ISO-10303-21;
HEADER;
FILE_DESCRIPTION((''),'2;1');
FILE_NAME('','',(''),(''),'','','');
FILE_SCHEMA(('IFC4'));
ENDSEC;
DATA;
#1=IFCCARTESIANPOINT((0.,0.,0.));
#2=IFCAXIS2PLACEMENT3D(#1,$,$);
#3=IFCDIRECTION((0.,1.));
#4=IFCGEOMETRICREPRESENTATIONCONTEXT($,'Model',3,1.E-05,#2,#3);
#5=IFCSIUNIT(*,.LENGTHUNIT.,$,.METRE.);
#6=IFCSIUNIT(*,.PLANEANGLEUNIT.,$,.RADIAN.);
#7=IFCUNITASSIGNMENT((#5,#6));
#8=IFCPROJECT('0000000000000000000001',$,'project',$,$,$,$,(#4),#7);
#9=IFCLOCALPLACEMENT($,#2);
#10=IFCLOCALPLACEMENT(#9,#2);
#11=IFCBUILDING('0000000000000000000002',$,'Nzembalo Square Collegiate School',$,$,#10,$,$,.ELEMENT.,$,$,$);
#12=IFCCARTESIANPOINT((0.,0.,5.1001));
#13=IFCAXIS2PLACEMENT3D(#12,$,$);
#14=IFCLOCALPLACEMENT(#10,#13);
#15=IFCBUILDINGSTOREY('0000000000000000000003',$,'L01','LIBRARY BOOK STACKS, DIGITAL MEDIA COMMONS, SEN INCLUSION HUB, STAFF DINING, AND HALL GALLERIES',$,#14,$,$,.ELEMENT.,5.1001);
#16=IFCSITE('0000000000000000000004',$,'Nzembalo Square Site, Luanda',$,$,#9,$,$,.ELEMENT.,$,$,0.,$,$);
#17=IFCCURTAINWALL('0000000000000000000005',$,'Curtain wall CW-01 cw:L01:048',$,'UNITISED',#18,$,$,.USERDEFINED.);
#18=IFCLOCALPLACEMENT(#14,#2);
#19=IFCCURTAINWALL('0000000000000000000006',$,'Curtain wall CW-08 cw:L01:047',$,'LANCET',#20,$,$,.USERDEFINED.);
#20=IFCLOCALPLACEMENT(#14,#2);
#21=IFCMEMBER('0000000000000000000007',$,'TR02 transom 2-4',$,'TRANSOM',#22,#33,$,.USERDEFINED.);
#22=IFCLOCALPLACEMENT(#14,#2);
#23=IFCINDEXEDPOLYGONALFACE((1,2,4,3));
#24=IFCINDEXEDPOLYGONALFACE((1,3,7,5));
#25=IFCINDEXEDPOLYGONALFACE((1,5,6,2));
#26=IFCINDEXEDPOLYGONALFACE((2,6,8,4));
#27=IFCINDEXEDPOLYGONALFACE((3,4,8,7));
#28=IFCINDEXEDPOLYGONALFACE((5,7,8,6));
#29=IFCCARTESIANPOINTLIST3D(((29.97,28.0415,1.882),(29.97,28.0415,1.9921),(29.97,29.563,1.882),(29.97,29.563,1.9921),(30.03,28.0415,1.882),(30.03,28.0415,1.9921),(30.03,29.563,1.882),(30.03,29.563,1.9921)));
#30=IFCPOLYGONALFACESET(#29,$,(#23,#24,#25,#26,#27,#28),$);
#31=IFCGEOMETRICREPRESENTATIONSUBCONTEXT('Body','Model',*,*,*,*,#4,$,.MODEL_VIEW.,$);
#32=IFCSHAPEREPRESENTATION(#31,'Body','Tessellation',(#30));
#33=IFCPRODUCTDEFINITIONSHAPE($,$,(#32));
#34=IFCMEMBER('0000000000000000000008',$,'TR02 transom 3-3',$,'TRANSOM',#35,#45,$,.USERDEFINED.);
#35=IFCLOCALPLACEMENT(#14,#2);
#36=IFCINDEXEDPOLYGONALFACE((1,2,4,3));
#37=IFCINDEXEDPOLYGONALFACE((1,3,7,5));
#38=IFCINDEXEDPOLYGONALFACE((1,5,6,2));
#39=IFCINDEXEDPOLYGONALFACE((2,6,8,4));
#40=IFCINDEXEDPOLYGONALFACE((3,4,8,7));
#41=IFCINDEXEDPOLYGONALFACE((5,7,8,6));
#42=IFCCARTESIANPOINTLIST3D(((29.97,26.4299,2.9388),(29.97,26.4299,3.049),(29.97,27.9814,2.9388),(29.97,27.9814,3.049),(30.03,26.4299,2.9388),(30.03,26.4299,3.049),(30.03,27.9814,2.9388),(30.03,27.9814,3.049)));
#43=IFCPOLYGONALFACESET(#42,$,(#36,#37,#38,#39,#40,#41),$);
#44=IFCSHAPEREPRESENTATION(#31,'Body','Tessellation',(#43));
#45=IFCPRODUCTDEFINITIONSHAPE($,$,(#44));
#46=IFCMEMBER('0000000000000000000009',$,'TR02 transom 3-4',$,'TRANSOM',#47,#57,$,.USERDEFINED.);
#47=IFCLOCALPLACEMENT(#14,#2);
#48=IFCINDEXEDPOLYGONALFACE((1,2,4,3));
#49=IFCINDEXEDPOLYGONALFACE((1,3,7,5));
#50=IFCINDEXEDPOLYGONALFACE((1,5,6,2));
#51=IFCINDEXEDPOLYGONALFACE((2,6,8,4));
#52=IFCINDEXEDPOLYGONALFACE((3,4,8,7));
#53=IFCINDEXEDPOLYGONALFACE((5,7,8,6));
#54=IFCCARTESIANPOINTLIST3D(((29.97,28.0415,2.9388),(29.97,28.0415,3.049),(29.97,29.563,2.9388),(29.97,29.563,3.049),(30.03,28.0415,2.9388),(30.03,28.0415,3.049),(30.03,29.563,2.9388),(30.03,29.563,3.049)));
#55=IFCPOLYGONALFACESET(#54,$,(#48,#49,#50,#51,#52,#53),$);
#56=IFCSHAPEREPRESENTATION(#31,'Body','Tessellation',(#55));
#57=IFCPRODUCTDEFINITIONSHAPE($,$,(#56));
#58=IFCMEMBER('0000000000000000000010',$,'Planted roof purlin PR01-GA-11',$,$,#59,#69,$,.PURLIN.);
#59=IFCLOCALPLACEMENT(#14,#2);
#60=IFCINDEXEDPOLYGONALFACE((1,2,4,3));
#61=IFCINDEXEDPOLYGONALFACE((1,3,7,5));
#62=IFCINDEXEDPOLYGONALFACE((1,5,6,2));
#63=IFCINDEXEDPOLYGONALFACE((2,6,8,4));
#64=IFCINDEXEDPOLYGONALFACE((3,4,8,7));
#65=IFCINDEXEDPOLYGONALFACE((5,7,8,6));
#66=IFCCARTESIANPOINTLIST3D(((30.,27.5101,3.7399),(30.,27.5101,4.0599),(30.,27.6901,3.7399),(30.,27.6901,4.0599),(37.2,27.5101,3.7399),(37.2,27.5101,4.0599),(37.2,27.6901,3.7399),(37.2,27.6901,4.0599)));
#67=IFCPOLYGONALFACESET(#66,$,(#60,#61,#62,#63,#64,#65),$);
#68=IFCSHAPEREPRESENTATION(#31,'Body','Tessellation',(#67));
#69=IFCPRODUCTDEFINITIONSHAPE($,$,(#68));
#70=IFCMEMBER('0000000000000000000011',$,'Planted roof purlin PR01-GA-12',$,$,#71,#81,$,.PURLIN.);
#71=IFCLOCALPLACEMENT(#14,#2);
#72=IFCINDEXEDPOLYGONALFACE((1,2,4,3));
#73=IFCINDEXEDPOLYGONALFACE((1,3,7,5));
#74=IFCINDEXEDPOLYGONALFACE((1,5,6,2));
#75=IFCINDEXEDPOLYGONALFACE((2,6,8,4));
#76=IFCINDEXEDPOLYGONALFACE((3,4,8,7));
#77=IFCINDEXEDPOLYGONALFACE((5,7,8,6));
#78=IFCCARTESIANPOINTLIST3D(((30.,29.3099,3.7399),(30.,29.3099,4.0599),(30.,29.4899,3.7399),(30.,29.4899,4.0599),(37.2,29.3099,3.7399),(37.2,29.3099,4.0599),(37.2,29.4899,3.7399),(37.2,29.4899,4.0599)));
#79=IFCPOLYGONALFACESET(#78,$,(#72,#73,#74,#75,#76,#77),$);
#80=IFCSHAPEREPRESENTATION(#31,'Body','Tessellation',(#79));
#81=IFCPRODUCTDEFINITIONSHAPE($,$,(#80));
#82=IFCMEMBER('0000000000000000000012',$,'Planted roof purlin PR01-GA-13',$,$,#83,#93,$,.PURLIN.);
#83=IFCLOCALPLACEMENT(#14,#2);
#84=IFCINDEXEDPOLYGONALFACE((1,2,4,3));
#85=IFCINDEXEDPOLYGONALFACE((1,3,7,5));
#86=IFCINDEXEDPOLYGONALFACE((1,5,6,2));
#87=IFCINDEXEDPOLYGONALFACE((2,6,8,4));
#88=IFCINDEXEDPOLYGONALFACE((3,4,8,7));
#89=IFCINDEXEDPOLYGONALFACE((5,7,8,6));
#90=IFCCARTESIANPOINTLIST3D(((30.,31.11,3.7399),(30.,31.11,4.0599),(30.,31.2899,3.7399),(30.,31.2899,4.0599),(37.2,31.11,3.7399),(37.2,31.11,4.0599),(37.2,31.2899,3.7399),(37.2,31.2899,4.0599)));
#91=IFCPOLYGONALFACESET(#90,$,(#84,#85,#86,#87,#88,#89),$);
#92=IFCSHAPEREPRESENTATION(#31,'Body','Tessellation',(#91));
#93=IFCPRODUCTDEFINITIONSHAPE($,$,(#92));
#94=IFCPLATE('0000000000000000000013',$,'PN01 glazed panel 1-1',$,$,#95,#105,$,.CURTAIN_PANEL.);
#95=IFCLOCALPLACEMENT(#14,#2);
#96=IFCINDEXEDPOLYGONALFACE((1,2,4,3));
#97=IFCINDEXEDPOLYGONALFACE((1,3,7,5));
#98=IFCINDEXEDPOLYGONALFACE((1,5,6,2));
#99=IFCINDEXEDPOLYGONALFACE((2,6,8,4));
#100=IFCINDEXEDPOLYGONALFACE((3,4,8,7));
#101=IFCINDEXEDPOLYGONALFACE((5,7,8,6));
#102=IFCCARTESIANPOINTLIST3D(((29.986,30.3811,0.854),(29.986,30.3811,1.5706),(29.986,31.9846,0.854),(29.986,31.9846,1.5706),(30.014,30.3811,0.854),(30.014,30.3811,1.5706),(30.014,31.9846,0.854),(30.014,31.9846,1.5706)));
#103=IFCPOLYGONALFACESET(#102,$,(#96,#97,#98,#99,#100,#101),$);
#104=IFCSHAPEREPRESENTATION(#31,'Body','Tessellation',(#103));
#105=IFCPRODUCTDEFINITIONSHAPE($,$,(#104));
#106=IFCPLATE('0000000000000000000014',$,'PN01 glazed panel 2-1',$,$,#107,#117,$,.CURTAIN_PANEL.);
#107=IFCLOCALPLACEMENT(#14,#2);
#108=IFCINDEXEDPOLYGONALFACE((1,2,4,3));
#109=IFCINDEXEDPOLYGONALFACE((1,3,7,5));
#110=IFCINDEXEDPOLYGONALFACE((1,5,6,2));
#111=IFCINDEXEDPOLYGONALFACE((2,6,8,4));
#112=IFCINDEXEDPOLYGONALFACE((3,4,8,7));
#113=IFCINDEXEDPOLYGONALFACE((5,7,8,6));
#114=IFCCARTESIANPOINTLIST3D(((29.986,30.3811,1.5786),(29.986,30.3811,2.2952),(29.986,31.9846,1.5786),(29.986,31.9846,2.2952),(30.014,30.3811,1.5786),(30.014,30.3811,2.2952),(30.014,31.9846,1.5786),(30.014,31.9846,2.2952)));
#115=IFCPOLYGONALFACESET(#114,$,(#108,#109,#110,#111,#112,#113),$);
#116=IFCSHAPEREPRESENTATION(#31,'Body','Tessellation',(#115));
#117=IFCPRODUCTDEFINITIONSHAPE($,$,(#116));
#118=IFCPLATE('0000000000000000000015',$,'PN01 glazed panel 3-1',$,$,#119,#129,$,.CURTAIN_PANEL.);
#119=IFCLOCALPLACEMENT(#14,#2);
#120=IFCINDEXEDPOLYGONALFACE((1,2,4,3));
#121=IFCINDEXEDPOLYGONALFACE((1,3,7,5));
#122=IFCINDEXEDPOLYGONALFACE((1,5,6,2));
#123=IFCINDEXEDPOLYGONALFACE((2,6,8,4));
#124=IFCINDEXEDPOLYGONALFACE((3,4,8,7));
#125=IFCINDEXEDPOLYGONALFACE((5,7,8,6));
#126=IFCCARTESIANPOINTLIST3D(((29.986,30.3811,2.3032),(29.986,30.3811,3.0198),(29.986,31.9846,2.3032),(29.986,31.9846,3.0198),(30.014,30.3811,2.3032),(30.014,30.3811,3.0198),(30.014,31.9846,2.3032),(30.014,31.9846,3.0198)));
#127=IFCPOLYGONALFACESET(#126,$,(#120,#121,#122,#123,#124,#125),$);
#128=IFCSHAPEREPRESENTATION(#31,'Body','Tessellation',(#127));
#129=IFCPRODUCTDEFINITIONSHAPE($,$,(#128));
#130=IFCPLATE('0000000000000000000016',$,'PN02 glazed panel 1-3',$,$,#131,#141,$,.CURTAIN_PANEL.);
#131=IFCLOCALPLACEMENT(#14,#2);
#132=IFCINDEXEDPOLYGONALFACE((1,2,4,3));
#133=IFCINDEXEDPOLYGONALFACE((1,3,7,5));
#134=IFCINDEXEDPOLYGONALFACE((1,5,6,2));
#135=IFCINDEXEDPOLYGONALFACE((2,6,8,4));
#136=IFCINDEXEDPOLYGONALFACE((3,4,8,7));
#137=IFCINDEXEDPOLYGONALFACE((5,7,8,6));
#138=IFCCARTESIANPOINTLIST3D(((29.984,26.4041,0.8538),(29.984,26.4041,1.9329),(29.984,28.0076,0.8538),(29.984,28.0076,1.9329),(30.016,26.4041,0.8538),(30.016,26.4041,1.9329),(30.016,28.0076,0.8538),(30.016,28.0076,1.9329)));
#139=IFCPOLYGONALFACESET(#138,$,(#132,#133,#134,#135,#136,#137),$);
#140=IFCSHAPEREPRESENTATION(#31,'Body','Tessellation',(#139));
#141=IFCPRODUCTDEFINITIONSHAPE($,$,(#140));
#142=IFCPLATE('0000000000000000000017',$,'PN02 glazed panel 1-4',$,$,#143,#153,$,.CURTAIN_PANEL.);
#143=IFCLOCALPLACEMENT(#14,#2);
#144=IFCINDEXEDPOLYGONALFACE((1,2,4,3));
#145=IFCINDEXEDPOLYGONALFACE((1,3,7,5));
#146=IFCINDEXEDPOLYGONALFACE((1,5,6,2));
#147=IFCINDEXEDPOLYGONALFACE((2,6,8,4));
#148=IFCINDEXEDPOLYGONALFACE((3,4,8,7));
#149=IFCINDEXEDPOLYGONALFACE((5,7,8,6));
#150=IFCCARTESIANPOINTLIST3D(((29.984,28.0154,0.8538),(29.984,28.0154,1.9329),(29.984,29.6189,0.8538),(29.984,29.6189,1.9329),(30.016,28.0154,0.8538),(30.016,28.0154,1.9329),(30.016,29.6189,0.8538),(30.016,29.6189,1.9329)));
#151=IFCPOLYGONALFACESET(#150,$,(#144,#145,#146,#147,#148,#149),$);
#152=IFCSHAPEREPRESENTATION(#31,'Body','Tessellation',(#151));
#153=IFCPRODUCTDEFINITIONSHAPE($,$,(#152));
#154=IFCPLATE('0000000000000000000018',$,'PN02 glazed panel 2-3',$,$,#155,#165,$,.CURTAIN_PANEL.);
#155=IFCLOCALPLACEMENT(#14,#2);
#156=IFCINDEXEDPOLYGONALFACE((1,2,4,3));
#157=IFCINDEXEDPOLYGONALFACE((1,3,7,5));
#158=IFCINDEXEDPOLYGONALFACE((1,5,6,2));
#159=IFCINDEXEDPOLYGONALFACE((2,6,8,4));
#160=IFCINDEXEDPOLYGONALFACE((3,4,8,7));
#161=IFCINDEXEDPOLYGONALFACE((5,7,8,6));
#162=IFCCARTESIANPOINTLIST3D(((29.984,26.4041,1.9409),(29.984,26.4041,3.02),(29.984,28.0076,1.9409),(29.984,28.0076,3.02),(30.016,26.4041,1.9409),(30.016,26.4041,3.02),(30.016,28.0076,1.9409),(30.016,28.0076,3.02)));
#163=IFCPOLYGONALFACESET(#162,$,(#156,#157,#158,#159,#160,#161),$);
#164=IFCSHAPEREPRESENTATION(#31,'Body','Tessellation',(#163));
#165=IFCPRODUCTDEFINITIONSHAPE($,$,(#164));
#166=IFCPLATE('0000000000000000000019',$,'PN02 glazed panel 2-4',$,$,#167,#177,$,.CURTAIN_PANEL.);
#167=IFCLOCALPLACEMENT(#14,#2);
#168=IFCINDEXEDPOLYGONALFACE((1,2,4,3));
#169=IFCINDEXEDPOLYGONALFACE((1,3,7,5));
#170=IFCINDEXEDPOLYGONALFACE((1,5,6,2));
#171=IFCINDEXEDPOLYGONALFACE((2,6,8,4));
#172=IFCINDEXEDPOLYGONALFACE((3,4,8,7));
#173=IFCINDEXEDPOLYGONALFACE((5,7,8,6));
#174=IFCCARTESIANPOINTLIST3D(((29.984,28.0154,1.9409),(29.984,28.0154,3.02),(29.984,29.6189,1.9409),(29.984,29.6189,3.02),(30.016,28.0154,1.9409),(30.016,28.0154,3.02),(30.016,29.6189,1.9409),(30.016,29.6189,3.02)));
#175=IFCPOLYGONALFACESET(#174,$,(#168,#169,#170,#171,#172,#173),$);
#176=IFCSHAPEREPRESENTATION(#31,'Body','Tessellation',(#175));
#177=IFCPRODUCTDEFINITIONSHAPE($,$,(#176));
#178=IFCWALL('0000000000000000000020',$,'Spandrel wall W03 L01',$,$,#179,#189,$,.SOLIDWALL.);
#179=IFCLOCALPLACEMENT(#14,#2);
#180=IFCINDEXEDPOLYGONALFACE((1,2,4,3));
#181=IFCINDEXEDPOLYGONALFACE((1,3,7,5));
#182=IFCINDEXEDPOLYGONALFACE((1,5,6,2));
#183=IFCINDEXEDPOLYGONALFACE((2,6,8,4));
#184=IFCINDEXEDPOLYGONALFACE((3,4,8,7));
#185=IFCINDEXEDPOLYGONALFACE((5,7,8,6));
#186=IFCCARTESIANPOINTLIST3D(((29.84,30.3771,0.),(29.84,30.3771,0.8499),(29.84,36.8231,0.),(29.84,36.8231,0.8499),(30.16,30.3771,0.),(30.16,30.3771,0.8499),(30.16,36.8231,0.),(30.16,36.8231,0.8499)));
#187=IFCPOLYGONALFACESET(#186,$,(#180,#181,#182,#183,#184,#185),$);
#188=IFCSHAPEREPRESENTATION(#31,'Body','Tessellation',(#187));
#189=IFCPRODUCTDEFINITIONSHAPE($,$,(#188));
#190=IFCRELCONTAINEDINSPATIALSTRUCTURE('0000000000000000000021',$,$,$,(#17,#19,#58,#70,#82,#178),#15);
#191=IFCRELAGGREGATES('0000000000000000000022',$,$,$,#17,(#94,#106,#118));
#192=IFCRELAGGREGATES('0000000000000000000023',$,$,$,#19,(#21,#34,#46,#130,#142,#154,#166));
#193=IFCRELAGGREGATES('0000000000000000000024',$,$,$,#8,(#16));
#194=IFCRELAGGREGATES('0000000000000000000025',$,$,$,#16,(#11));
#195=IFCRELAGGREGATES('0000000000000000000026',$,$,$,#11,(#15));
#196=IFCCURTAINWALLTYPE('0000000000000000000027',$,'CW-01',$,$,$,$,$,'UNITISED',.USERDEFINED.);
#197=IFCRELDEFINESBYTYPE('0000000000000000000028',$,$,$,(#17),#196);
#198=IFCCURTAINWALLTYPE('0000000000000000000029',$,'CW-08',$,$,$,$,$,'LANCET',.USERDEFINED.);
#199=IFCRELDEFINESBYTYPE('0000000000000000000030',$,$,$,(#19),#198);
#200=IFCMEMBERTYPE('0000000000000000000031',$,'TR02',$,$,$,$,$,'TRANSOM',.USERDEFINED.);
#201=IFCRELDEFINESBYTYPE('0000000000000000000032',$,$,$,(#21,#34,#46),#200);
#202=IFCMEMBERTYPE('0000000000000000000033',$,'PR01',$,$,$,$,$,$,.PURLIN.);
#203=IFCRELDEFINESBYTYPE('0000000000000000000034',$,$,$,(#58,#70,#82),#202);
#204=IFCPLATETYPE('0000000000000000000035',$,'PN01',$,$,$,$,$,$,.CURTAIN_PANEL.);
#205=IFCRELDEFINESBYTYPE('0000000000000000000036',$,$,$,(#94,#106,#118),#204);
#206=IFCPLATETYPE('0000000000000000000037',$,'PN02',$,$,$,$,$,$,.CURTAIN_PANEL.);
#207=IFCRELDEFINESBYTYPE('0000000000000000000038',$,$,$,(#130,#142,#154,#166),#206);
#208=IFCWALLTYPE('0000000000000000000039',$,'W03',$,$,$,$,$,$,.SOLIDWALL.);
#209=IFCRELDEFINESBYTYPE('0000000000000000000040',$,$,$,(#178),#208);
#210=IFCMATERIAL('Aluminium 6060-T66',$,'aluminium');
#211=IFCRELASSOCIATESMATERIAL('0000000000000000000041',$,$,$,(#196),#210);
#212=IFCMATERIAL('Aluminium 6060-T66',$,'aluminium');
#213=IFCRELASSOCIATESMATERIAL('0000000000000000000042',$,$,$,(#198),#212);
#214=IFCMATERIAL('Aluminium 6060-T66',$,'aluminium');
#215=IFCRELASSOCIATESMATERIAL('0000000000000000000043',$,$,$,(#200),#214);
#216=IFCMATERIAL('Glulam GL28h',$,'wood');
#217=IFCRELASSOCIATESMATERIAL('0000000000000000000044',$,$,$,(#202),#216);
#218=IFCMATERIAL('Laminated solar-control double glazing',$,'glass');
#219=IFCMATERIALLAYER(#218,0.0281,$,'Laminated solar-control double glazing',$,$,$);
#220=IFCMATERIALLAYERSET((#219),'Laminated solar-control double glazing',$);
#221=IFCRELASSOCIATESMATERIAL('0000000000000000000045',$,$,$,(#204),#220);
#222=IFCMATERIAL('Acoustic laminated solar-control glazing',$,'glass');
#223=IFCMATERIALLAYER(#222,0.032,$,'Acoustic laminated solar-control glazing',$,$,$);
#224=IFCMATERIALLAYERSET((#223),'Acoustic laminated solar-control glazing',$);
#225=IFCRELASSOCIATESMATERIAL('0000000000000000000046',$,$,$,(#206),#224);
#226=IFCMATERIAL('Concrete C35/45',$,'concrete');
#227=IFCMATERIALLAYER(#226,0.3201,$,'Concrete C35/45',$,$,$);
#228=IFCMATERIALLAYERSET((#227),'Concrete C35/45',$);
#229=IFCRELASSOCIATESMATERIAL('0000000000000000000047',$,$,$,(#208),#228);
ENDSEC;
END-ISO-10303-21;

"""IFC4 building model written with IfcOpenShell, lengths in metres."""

from ifc_helpers import new_model, si_unit, direction, frame, frame_2d, origin, origin_2d, place, context, subcontext, project, spatial, rectangle, extrude, material, layer, layer_set, material_profile, profile_set, type_object, element, aggregate, save


model = new_model("IFC4")

# Units and contexts
model_context = context("Model", 3, precision=1e-05, world=origin(), true_north=direction((0.0, 1.0)))
body_context = subcontext(model_context, "Body", "Model", "MODEL_VIEW")
ifc_project = project(units=[si_unit("LENGTHUNIT", "METRE"), si_unit("PLANEANGLEUNIT", "RADIAN")], contexts=[model_context])

# Site, building, storey
site_placement = place(None, origin())
site = spatial("IfcSite", under=ifc_project, at=site_placement, Name="Nzembalo Square Site, Luanda", CompositionType="ELEMENT", RefElevation=0.0)
building_placement = place(site_placement, origin())
building = spatial("IfcBuilding", under=site, at=building_placement, Name="Nzembalo Square Collegiate School", CompositionType="ELEMENT")
storey_placement = place(building_placement, frame((0.0, 0.0, 5.1001)))
storey = spatial("IfcBuildingStorey", under=building, at=storey_placement, Name="L01", Description="LIBRARY BOOK STACKS, DIGITAL MEDIA COMMONS, SEN INCLUSION HUB, STAFF DINING, AND HALL GALLERIES", CompositionType="ELEMENT", Elevation=5.1001)

# Curtain walls
ifc_material_1 = material(Name="Aluminium 6060-T66", Category="aluminium")
curtain_wall_type_1 = type_object("IfcCurtainWallType", Name="CW-01", ElementType="UNITISED", PredefinedType="USERDEFINED", material=ifc_material_1)
curtain_wall_1_placement = place(storey_placement, origin())
curtain_wall_1 = element("IfcCurtainWall", 1, at=curtain_wall_1_placement, inside=storey, type_object=curtain_wall_type_1, Name="Curtain wall CW-01 cw:L01:048", ObjectType="UNITISED", PredefinedType="USERDEFINED")
ifc_material_2 = material(Name="Aluminium 6060-T66", Category="aluminium")
curtain_wall_type_2 = type_object("IfcCurtainWallType", Name="CW-08", ElementType="LANCET", PredefinedType="USERDEFINED", material=ifc_material_2)
curtain_wall_2_placement = place(storey_placement, origin())
curtain_wall_2 = element("IfcCurtainWall", 2, at=curtain_wall_2_placement, inside=storey, type_object=curtain_wall_type_2, Name="Curtain wall CW-08 cw:L01:047", ObjectType="LANCET", PredefinedType="USERDEFINED")

# Members
ifc_material_3 = material(Name="Aluminium 6060-T66", Category="aluminium")
ifc_material_profile_1 = material_profile(ifc_material_3, rectangle(XDim=0.0601, YDim=0.1101, at=origin_2d()), Name="ALU T60x110")
ifc_profile_set_1 = profile_set([ifc_material_profile_1], Name="Aluminium 6060-T66")
member_type_1 = type_object("IfcMemberType", Name="TR02", ElementType="TRANSOM", PredefinedType="USERDEFINED", material=ifc_profile_set_1)
member_1_placement = place(storey_placement, frame((30.0, 28.0415, 1.937), z_axis=(0.0, 1.0, 0.0), x_axis=(-1.0, 0.0, 0.0)))
member_1 = element("IfcMember", 3, at=member_1_placement, type_object=member_type_1, Name="TR02 transom 2-4", ObjectType="TRANSOM", PredefinedType="USERDEFINED", context=body_context, shape_type="SweptSolid", body=[
    extrude(rectangle(XDim=0.0601, YDim=0.1101, at=origin_2d()), origin(), (0.0, 0.0, 1.0), 1.5215),
])
member_2_placement = place(storey_placement, frame((30.0, 26.4299, 2.9939), z_axis=(0.0, 1.0, 0.0), x_axis=(-1.0, 0.0, 0.0)))
member_2 = element("IfcMember", 4, at=member_2_placement, type_object=member_type_1, Name="TR02 transom 3-3", ObjectType="TRANSOM", PredefinedType="USERDEFINED", context=body_context, shape_type="SweptSolid", body=[
    extrude(rectangle(XDim=0.0601, YDim=0.1101, at=origin_2d()), origin(), (0.0, 0.0, 1.0), 1.5515),
])
member_3_placement = place(storey_placement, frame((30.0, 28.0415, 2.9939), z_axis=(0.0, 1.0, 0.0), x_axis=(-1.0, 0.0, 0.0)))
member_3 = element("IfcMember", 5, at=member_3_placement, type_object=member_type_1, Name="TR02 transom 3-4", ObjectType="TRANSOM", PredefinedType="USERDEFINED", context=body_context, shape_type="SweptSolid", body=[
    extrude(rectangle(XDim=0.0601, YDim=0.1101, at=origin_2d()), origin(), (0.0, 0.0, 1.0), 1.5215),
])

# Members
ifc_material_4 = material(Name="Glulam GL28h", Category="wood")
ifc_material_profile_2 = material_profile(ifc_material_4, rectangle(XDim=0.1799, YDim=0.3201, at=origin_2d()), Name="GL28h 180x320")
ifc_profile_set_2 = profile_set([ifc_material_profile_2], Name="Glulam GL28h")
member_type_2 = type_object("IfcMemberType", Name="PR01", PredefinedType="PURLIN", material=ifc_profile_set_2)
for number, where, z_axis, x_axis, name in (
    (6, (30.0, 27.6001, 3.8999), (1.0, 0.0, 0.0), (0.0, 1.0, 0.0), "Planted roof purlin PR01-GA-11"),
    (7, (30.0, 29.3999, 3.8999), (1.0, 0.0, 0.0), (0.0, 1.0, 0.0), "Planted roof purlin PR01-GA-12"),
    (8, (30.0, 31.2, 3.8999), (1.0, 0.0, 0.0), (0.0, 1.0, 0.0), "Planted roof purlin PR01-GA-13"),
):
    element("IfcMember", number, at=place(storey_placement, frame(where, z_axis=z_axis, x_axis=x_axis)), inside=storey, type_object=member_type_2, Name=name, PredefinedType="PURLIN", context=body_context, shape_type="SweptSolid", body=[
        extrude(rectangle(XDim=0.1799, YDim=0.3201, at=origin_2d()), origin(), (0.0, 0.0, 1.0), 7.2),
    ])

# Plates
ifc_material_5 = material(Name="Laminated solar-control double glazing", Category="glass")
ifc_layer_1 = layer(ifc_material_5, 0.0281, Name="Laminated solar-control double glazing")
ifc_layer_set_1 = layer_set([ifc_layer_1], Name="Laminated solar-control double glazing")
plate_type_1 = type_object("IfcPlateType", Name="PN01", PredefinedType="CURTAIN_PANEL", material=ifc_layer_set_1)
plate_1_placement = place(storey_placement, frame((30.0, 31.1829, 0.854), z_axis=(0.0, 0.0, 1.0), x_axis=(0.0, 1.0, 0.0)))
plate_1 = element("IfcPlate", 9, at=plate_1_placement, type_object=plate_type_1, Name="PN01 glazed panel 1-1", PredefinedType="CURTAIN_PANEL", context=body_context, shape_type="SweptSolid", body=[
    extrude(rectangle(XDim=1.6035, YDim=0.0281, at=origin_2d()), origin(), (0.0, 0.0, 1.0), 0.7166),
])
plate_2_placement = place(storey_placement, frame((30.0, 31.1829, 1.5786), z_axis=(0.0, 0.0, 1.0), x_axis=(0.0, 1.0, 0.0)))
plate_2 = element("IfcPlate", 10, at=plate_2_placement, type_object=plate_type_1, Name="PN01 glazed panel 2-1", PredefinedType="CURTAIN_PANEL", context=body_context, shape_type="SweptSolid", body=[
    extrude(rectangle(XDim=1.6035, YDim=0.0281, at=origin_2d()), origin(), (0.0, 0.0, 1.0), 0.7166),
])
plate_3_placement = place(storey_placement, frame((30.0, 31.1829, 2.3032), z_axis=(0.0, 0.0, 1.0), x_axis=(0.0, 1.0, 0.0)))
plate_3 = element("IfcPlate", 11, at=plate_3_placement, type_object=plate_type_1, Name="PN01 glazed panel 3-1", PredefinedType="CURTAIN_PANEL", context=body_context, shape_type="SweptSolid", body=[
    extrude(rectangle(XDim=1.6035, YDim=0.0281, at=origin_2d()), origin(), (0.0, 0.0, 1.0), 0.7166),
])
aggregate(curtain_wall_1, [plate_1, plate_2, plate_3])
ifc_material_6 = material(Name="Acoustic laminated solar-control glazing", Category="glass")
ifc_layer_2 = layer(ifc_material_6, 0.032, Name="Acoustic laminated solar-control glazing")
ifc_layer_set_2 = layer_set([ifc_layer_2], Name="Acoustic laminated solar-control glazing")
plate_type_2 = type_object("IfcPlateType", Name="PN02", PredefinedType="CURTAIN_PANEL", material=ifc_layer_set_2)
plate_4_placement = place(storey_placement, frame((30.0, 27.2058, 0.8538), z_axis=(0.0, 0.0, 1.0), x_axis=(0.0, 1.0, 0.0)))
plate_4 = element("IfcPlate", 12, at=plate_4_placement, type_object=plate_type_2, Name="PN02 glazed panel 1-3", PredefinedType="CURTAIN_PANEL", context=body_context, shape_type="SweptSolid", body=[
    extrude(rectangle(XDim=1.6035, YDim=0.032, at=origin_2d()), origin(), (0.0, 0.0, 1.0), 1.0791),
])
plate_5_placement = place(storey_placement, frame((30.0, 28.8171, 0.8538), z_axis=(0.0, 0.0, 1.0), x_axis=(0.0, 1.0, 0.0)))
plate_5 = element("IfcPlate", 13, at=plate_5_placement, type_object=plate_type_2, Name="PN02 glazed panel 1-4", PredefinedType="CURTAIN_PANEL", context=body_context, shape_type="SweptSolid", body=[
    extrude(rectangle(XDim=1.6035, YDim=0.032, at=origin_2d()), origin(), (0.0, 0.0, 1.0), 1.0791),
])
plate_6_placement = place(storey_placement, frame((30.0, 27.2058, 1.9409), z_axis=(0.0, 0.0, 1.0), x_axis=(0.0, 1.0, 0.0)))
plate_6 = element("IfcPlate", 14, at=plate_6_placement, type_object=plate_type_2, Name="PN02 glazed panel 2-3", PredefinedType="CURTAIN_PANEL", context=body_context, shape_type="SweptSolid", body=[
    extrude(rectangle(XDim=1.6035, YDim=0.032, at=origin_2d()), origin(), (0.0, 0.0, 1.0), 1.0791),
])
plate_7_placement = place(storey_placement, frame((30.0, 28.8171, 1.9409), z_axis=(0.0, 0.0, 1.0), x_axis=(0.0, 1.0, 0.0)))
plate_7 = element("IfcPlate", 15, at=plate_7_placement, type_object=plate_type_2, Name="PN02 glazed panel 2-4", PredefinedType="CURTAIN_PANEL", context=body_context, shape_type="SweptSolid", body=[
    extrude(rectangle(XDim=1.6035, YDim=0.032, at=origin_2d()), origin(), (0.0, 0.0, 1.0), 1.0791),
])
aggregate(curtain_wall_2, [member_1, member_2, member_3, plate_4, plate_5, plate_6, plate_7])

# Wall
ifc_material_7 = material(Name="Concrete C35/45", Category="concrete")
ifc_layer_3 = layer(ifc_material_7, 0.3201, Name="Concrete C35/45")
ifc_layer_set_3 = layer_set([ifc_layer_3], Name="Concrete C35/45")
wall_type = type_object("IfcWallType", Name="W03", PredefinedType="SOLIDWALL", material=ifc_layer_set_3)
wall_placement = place(storey_placement, frame((30.0, 30.377, 0.0), z_axis=(0.0, 0.0, 1.0), x_axis=(0.0, 1.0, 0.0)))
element("IfcWall", 16, at=wall_placement, inside=storey, type_object=wall_type, Name="Spandrel wall W03 L01", PredefinedType="SOLIDWALL", context=body_context, shape_type="SweptSolid", body=[
    extrude(rectangle(XDim=6.446, YDim=0.3201, at=frame_2d((3.2231, 0.0))), origin(), (0.0, 0.0, 1.0), 0.8499),
])

save(model, "model.ifc")
